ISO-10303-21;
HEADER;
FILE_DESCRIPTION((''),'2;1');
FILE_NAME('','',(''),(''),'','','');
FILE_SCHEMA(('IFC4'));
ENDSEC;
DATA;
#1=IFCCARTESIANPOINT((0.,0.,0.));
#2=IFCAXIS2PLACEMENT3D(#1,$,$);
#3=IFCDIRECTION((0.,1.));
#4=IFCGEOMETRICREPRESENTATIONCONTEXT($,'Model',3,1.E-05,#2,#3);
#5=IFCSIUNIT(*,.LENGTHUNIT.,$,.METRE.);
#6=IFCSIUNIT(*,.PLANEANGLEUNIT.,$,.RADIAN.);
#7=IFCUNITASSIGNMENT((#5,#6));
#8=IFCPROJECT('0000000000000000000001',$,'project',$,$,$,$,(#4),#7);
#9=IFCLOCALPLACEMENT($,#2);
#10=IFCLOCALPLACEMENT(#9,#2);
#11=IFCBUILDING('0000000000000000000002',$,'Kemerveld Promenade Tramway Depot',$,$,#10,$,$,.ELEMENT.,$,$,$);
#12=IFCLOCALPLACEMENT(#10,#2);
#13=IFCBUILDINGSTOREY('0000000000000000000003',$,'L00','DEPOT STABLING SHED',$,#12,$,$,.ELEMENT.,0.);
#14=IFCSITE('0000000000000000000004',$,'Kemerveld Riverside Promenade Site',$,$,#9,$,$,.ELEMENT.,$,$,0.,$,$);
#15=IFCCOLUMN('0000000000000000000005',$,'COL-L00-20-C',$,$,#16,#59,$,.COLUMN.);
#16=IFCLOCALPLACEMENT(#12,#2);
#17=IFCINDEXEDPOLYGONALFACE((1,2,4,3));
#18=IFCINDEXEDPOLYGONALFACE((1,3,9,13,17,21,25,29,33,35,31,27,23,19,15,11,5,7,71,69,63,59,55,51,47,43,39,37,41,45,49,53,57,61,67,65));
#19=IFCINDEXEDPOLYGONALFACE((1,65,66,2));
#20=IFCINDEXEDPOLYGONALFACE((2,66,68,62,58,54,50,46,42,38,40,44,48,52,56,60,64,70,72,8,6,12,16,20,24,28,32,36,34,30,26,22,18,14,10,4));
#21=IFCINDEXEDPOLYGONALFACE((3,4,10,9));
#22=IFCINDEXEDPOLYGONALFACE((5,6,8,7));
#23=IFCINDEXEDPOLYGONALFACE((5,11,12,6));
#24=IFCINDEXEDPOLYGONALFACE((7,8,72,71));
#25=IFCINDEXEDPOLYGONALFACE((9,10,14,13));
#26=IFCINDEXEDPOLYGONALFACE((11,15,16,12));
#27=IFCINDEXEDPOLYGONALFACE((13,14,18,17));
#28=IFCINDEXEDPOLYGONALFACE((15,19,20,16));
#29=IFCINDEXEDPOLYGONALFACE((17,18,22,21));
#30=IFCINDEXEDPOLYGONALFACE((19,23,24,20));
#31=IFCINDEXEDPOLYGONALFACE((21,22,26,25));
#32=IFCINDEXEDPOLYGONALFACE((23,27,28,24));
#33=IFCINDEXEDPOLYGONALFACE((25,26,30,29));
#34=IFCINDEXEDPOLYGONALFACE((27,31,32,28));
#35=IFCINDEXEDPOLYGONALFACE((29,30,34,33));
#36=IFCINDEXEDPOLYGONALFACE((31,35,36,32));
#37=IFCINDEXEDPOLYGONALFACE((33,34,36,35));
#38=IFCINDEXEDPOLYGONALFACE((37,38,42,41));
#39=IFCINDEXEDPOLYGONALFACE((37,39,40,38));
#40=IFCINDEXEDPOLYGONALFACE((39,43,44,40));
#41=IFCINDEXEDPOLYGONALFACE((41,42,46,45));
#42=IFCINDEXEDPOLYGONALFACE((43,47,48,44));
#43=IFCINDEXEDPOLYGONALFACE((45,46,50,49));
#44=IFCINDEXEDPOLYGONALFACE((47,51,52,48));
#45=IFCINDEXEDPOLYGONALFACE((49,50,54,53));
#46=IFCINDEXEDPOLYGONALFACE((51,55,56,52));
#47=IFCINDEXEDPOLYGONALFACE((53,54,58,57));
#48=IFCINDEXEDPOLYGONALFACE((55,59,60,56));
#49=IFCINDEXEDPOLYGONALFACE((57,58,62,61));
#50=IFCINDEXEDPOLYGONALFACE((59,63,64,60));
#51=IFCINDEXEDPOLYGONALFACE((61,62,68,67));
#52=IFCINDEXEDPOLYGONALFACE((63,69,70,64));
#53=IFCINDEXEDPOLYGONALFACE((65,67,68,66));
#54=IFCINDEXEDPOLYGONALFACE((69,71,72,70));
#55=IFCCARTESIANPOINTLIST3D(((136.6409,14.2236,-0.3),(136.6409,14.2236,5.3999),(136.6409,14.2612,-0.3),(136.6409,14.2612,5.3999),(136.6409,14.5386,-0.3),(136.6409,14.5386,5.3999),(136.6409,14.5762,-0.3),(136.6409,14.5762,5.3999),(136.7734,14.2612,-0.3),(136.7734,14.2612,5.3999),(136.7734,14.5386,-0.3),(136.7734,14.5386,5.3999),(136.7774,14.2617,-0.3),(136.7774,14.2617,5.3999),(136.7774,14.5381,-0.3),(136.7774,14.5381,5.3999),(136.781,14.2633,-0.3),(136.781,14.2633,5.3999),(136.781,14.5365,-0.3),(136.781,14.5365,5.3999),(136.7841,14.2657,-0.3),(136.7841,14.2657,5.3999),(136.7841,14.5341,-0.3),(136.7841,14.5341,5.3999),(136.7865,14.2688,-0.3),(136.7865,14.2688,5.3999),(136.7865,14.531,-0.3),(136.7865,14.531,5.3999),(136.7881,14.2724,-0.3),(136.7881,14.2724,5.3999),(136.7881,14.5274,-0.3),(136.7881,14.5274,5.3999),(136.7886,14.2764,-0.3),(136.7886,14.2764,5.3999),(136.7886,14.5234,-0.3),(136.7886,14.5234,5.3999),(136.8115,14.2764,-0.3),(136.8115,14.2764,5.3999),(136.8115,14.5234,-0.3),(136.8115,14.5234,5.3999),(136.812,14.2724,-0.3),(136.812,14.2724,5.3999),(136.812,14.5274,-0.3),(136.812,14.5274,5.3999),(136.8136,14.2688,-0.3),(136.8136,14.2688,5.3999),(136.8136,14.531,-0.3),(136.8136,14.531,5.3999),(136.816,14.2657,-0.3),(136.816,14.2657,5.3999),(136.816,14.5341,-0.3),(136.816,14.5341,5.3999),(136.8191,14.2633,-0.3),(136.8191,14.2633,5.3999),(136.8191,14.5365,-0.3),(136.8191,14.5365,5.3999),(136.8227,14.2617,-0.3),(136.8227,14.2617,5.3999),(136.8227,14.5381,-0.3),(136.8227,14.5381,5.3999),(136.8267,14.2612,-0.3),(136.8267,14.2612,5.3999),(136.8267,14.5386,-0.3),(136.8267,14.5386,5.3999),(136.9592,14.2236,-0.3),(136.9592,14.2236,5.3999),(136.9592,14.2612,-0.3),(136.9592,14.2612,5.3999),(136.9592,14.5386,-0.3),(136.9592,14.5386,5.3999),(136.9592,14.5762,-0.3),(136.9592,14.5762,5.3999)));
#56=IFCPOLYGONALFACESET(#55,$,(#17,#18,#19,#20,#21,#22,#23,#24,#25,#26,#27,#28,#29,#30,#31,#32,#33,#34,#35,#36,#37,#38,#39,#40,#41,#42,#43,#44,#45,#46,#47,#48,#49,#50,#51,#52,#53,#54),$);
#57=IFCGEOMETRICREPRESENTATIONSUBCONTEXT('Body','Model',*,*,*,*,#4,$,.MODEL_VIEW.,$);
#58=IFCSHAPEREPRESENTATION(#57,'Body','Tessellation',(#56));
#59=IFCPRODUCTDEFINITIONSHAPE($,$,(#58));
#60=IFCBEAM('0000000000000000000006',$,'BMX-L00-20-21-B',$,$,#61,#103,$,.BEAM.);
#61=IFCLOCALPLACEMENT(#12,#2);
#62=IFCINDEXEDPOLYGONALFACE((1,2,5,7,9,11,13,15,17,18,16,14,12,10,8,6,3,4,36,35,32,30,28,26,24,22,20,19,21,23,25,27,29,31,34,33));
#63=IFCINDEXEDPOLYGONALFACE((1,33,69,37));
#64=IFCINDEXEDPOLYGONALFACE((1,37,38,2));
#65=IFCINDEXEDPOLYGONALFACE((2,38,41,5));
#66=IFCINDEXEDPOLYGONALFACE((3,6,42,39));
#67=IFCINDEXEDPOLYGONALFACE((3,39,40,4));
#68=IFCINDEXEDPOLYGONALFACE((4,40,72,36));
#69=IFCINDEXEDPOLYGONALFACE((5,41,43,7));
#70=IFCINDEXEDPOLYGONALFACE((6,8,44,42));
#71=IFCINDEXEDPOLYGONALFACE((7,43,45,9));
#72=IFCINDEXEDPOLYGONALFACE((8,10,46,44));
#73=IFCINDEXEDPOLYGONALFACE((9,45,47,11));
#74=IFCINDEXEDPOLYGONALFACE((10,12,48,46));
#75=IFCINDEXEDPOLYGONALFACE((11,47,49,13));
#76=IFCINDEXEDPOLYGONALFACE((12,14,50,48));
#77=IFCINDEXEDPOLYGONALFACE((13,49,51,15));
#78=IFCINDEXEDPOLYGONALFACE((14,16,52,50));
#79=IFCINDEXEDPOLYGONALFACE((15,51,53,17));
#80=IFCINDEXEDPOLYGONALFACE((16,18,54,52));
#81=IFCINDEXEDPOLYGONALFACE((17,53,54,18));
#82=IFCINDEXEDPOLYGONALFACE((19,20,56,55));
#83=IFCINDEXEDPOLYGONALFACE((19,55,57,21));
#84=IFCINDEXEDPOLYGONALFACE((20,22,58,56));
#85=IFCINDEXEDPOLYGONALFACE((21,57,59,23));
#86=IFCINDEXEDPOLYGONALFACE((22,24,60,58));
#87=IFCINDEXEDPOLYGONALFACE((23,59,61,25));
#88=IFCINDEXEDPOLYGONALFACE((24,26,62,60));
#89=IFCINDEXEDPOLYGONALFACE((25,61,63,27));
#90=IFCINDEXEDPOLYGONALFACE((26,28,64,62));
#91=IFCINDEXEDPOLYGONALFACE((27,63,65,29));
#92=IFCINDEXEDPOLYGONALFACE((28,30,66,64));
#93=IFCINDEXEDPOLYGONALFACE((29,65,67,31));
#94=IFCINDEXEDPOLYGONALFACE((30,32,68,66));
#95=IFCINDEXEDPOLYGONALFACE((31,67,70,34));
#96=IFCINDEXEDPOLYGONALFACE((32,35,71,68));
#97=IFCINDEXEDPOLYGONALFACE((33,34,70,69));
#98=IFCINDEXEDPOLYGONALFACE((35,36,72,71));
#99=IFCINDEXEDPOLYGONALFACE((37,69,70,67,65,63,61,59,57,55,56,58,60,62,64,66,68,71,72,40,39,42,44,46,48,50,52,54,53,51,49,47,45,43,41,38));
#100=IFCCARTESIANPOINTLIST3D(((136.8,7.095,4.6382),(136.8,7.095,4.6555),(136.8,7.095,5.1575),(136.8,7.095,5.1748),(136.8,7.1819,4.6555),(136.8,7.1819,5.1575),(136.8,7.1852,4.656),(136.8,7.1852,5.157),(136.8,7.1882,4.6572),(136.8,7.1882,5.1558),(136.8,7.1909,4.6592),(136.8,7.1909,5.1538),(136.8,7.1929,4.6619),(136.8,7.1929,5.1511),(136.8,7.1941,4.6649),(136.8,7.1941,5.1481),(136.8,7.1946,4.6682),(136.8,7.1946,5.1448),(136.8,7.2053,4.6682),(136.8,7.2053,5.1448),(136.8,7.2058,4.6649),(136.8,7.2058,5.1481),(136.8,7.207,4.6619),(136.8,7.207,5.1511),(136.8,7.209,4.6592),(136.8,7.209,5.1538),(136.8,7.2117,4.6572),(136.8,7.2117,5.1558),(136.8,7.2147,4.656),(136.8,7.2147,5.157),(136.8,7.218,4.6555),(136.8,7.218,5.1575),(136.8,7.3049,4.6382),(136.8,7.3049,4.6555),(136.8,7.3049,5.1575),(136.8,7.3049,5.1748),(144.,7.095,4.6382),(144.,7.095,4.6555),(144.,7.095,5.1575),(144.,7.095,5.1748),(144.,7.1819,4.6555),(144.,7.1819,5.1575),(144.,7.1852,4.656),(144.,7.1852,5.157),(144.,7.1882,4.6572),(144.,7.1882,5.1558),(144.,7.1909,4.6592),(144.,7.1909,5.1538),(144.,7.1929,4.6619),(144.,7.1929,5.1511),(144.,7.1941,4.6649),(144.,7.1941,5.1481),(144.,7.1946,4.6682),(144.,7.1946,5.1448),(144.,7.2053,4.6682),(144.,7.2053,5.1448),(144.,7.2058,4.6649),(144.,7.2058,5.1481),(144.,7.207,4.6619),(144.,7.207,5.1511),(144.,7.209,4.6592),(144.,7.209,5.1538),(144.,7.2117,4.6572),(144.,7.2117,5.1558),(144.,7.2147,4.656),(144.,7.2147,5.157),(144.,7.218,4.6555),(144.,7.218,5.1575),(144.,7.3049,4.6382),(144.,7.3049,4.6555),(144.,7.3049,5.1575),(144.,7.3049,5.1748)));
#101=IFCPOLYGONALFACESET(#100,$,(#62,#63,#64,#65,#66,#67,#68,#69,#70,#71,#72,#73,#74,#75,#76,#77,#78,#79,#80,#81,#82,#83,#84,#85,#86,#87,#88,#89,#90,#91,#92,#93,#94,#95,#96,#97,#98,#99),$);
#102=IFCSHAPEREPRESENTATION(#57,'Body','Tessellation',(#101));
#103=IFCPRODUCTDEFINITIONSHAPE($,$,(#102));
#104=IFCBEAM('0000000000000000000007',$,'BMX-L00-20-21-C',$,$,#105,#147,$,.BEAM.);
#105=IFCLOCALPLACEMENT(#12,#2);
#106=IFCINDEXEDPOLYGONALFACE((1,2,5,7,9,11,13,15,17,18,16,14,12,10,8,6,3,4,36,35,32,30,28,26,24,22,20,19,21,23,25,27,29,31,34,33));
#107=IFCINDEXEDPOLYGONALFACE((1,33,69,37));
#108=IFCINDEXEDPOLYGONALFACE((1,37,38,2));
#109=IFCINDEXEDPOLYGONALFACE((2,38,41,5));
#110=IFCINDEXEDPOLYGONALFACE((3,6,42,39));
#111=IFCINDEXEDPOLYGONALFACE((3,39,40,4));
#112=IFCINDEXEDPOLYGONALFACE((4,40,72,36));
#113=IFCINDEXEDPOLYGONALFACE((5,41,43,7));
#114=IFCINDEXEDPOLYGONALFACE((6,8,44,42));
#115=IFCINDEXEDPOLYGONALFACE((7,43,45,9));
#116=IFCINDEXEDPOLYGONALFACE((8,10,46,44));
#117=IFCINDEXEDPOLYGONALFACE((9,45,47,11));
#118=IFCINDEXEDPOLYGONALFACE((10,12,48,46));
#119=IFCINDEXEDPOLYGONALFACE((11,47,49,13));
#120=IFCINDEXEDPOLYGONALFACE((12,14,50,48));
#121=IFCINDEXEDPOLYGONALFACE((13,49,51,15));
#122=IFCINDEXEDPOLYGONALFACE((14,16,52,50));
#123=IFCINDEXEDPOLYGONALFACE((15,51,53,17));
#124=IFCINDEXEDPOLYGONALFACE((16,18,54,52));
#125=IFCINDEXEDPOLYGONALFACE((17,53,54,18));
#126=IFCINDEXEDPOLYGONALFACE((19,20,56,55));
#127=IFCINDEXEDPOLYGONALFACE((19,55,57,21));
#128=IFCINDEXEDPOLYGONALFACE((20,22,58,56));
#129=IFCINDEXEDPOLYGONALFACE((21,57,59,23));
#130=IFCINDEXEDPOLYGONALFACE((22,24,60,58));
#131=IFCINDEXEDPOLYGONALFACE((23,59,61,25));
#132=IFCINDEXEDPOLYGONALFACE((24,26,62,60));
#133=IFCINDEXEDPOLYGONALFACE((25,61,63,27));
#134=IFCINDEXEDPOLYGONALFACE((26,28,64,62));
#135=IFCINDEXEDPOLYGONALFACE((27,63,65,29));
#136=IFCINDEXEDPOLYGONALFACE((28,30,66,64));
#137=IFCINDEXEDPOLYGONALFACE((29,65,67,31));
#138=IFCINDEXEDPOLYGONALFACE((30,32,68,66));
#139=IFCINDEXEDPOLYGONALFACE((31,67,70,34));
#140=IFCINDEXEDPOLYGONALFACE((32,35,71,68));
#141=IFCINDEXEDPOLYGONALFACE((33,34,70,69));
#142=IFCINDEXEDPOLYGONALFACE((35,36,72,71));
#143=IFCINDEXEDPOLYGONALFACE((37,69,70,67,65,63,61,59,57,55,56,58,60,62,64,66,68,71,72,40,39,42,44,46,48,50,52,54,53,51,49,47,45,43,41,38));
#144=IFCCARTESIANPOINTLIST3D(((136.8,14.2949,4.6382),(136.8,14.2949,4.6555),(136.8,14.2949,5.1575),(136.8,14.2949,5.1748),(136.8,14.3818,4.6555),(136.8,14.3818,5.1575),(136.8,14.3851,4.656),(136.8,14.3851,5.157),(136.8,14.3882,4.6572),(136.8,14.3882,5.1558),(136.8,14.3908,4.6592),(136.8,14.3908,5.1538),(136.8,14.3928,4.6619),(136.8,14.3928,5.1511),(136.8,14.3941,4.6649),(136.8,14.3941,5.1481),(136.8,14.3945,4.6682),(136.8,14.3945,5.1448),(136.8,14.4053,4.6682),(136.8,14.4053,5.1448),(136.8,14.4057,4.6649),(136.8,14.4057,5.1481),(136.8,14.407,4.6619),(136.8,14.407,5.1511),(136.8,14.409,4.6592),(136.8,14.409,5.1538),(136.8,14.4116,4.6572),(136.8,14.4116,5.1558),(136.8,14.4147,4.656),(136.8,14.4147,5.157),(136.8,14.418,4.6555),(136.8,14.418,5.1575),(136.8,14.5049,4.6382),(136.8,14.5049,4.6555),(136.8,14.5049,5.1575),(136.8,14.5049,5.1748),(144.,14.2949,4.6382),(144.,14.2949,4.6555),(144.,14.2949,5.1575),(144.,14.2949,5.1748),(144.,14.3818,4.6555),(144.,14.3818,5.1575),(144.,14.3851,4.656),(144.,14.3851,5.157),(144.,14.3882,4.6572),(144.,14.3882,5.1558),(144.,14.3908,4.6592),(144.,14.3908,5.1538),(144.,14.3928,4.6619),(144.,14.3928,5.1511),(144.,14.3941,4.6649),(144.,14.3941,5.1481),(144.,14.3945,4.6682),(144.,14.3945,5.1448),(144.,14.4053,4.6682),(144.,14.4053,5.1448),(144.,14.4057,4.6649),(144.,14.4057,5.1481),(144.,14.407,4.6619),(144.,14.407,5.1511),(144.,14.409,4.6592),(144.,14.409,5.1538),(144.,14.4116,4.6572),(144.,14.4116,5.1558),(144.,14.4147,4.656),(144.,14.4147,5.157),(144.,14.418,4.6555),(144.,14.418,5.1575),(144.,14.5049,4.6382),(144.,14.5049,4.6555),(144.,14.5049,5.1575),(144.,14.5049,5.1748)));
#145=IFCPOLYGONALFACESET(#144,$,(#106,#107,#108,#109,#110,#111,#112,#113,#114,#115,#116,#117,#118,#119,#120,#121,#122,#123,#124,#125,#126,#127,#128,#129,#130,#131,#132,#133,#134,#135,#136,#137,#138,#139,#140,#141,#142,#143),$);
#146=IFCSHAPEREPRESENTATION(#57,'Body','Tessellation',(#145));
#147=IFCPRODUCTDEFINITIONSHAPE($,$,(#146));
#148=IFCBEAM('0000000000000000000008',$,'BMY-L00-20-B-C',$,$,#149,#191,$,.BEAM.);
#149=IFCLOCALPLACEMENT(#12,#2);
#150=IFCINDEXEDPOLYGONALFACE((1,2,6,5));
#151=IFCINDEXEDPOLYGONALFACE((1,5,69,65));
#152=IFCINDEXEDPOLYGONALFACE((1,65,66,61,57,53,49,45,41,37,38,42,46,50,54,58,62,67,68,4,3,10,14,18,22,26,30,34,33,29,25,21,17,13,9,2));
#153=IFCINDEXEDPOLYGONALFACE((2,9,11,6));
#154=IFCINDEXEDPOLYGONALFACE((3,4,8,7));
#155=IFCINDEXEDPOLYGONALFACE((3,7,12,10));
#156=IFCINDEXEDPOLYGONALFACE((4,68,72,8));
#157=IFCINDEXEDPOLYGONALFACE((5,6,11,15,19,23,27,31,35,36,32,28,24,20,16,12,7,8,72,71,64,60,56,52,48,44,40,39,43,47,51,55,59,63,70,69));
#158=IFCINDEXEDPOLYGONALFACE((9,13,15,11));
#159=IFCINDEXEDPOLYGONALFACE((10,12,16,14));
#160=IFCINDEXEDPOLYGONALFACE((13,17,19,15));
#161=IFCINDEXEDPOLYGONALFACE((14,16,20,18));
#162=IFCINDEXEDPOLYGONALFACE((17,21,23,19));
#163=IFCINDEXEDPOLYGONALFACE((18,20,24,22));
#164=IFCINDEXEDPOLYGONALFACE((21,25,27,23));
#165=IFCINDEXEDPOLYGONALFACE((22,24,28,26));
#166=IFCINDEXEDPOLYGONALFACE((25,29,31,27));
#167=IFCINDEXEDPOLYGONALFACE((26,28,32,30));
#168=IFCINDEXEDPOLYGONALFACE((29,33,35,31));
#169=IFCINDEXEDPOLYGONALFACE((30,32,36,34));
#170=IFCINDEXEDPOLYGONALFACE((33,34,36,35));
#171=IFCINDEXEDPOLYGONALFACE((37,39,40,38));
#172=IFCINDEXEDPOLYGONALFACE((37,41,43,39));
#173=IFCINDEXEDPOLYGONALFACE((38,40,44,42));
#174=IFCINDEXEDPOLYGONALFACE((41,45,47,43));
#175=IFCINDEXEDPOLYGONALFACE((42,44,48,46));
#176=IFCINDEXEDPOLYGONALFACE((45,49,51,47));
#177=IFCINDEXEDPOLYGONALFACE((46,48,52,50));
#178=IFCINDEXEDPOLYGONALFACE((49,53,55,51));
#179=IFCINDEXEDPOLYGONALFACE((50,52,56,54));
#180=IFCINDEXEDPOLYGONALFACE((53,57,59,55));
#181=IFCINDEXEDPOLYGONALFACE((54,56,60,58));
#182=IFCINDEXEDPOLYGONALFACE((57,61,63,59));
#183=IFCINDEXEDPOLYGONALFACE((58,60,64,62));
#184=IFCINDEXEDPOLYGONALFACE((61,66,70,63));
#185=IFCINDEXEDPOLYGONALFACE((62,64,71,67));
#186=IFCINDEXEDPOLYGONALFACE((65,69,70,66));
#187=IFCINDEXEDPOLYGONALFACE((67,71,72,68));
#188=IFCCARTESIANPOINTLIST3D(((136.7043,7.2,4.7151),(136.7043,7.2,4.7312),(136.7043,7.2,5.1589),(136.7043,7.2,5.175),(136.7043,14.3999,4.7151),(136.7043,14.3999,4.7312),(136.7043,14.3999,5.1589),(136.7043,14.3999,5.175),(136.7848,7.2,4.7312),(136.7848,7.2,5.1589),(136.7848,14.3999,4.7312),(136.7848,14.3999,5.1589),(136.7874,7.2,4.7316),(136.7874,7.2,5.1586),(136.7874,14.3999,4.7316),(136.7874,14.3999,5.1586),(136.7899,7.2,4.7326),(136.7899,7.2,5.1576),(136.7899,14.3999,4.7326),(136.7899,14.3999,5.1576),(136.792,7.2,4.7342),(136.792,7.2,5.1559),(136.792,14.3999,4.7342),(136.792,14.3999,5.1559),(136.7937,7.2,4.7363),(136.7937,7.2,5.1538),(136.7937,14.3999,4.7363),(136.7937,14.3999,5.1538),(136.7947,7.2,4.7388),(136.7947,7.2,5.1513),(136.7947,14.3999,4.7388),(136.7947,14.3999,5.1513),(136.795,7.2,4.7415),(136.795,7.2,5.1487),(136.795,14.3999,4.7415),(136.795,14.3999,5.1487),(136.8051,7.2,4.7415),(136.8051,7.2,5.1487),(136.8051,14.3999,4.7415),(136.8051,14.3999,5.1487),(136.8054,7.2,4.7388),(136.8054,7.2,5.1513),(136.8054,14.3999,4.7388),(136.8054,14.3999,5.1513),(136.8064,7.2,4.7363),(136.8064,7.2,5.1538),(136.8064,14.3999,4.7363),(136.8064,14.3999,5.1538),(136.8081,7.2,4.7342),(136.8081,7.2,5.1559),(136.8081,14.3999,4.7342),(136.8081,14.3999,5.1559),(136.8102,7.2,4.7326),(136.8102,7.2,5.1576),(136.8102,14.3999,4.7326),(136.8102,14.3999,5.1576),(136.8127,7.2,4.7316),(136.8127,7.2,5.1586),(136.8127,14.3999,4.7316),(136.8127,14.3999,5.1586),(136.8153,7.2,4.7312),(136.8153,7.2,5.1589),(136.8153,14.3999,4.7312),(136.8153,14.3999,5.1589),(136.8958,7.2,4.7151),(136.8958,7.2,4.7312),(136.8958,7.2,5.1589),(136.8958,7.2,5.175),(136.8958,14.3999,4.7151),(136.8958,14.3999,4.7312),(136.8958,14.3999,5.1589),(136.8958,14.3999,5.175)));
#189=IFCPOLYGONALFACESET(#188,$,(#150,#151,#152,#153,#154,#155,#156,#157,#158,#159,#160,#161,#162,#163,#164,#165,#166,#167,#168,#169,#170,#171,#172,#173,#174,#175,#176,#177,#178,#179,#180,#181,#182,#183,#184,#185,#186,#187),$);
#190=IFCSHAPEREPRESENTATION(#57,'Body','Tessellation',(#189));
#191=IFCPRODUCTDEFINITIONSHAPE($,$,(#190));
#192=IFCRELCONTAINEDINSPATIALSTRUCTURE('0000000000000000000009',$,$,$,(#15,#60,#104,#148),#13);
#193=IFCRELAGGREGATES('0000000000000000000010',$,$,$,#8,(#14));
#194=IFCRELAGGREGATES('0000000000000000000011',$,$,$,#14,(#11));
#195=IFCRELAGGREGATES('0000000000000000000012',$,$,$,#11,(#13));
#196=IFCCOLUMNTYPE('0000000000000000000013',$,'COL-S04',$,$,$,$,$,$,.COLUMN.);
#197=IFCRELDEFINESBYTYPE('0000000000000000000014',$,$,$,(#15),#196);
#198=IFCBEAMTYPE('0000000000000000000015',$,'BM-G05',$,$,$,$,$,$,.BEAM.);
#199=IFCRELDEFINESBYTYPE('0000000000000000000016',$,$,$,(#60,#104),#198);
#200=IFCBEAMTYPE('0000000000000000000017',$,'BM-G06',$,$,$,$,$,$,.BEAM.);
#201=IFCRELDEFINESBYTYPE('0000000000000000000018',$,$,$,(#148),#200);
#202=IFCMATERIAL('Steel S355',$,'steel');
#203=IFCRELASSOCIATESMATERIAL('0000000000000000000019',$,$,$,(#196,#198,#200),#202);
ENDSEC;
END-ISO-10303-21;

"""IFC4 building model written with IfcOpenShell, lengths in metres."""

from ifc_helpers import new_model, si_unit, direction, frame, origin, origin_2d, place, context, subcontext, project, spatial, i_section, extrude, material, material_profile, profile_set, type_object, element, save


model = new_model("IFC4")

# Units and contexts
model_context = context("Model", 3, precision=1e-05, world=origin(), true_north=direction((0.0, 1.0)))
body_context = subcontext(model_context, "Body", "Model", "MODEL_VIEW")
ifc_project = project(units=[si_unit("LENGTHUNIT", "METRE"), si_unit("PLANEANGLEUNIT", "RADIAN")], contexts=[model_context])

# Site, building, storey
site_placement = place(None, origin())
site = spatial("IfcSite", under=ifc_project, at=site_placement, Name="Kemerveld Riverside Promenade Site", CompositionType="ELEMENT", RefElevation=0.0)
building_placement = place(site_placement, origin())
building = spatial("IfcBuilding", under=site, at=building_placement, Name="Kemerveld Promenade Tramway Depot", CompositionType="ELEMENT")
storey_placement = place(building_placement, origin())
storey = spatial("IfcBuildingStorey", under=building, at=storey_placement, Name="L00", Description="DEPOT STABLING SHED", CompositionType="ELEMENT", Elevation=0.0)

# Column
ifc_material_1 = material(Name="Steel S355", Category="steel")
ifc_material_profile_1 = material_profile(ifc_material_1, i_section(OverallWidth=0.3184, OverallDepth=0.3525, WebThickness=0.0229, FlangeThickness=0.0376, FilletRadius=0.0151, at=origin_2d()), Name="305x305x240 UC")
ifc_profile_set_1 = profile_set([ifc_material_profile_1], Name="Steel S355")
column_type = type_object("IfcColumnType", Name="COL-S04", PredefinedType="COLUMN", material=ifc_profile_set_1)
for number, where, z_axis, x_axis, name in (
    (1, (136.8, 14.3999, -0.3), (0.0, 0.0, 1.0), (1.0, 0.0, 0.0), "COL-L00-20-C"),
):
    element("IfcColumn", number, at=place(storey_placement, frame(where, z_axis=z_axis, x_axis=x_axis)), inside=storey, type_object=column_type, Name=name, PredefinedType="COLUMN", context=body_context, shape_type="SweptSolid", body=[
        extrude(i_section(OverallWidth=0.3184, OverallDepth=0.3525, WebThickness=0.0229, FlangeThickness=0.0376, FilletRadius=0.0151, at=origin_2d()), origin(), (0.0, 0.0, 1.0), 5.7),
    ])

# Beams
ifc_material_profile_2 = material_profile(ifc_material_1, i_section(OverallWidth=0.21, OverallDepth=0.5366, WebThickness=0.0107, FlangeThickness=0.0173, FilletRadius=0.0127, at=origin_2d()), Name="533x210x101 UB")
ifc_profile_set_2 = profile_set([ifc_material_profile_2], Name="Steel S355")
beam_type_1 = type_object("IfcBeamType", Name="BM-G05", PredefinedType="BEAM", material=ifc_profile_set_2)
for number, where, z_axis, x_axis, name in (
    (2, (136.8, 7.2, 4.9065), (1.0, 0.0, 0.0), (0.0, 1.0, 0.0), "BMX-L00-20-21-B"),
    (3, (136.8, 14.3999, 4.9065), (1.0, 0.0, 0.0), (0.0, 1.0, 0.0), "BMX-L00-20-21-C"),
):
    element("IfcBeam", number, at=place(storey_placement, frame(where, z_axis=z_axis, x_axis=x_axis)), inside=storey, type_object=beam_type_1, Name=name, PredefinedType="BEAM", context=body_context, shape_type="SweptSolid", body=[
        extrude(i_section(OverallWidth=0.21, OverallDepth=0.5366, WebThickness=0.0107, FlangeThickness=0.0173, FilletRadius=0.0127, at=origin_2d()), origin(), (0.0, 0.0, 1.0), 7.2),
    ])
ifc_material_profile_3 = material_profile(ifc_material_1, i_section(OverallWidth=0.1914, OverallDepth=0.46, WebThickness=0.01, FlangeThickness=0.0161, FilletRadius=0.0103, at=origin_2d()), Name="457x191x82 UB")
ifc_profile_set_3 = profile_set([ifc_material_profile_3], Name="Steel S355")
beam_type_2 = type_object("IfcBeamType", Name="BM-G06", PredefinedType="BEAM", material=ifc_profile_set_3)
beam_1_placement = place(storey_placement, frame((136.8, 7.2, 4.9451), z_axis=(0.0, 1.0, 0.0), x_axis=(-1.0, 0.0, 0.0)))
element("IfcBeam", 4, at=beam_1_placement, inside=storey, type_object=beam_type_2, Name="BMY-L00-20-B-C", PredefinedType="BEAM", context=body_context, shape_type="SweptSolid", body=[
    extrude(i_section(OverallWidth=0.1914, OverallDepth=0.46, WebThickness=0.01, FlangeThickness=0.0161, FilletRadius=0.0103, at=origin_2d()), origin(), (0.0, 0.0, 1.0), 7.2),
])

save(model, "model.ifc")
